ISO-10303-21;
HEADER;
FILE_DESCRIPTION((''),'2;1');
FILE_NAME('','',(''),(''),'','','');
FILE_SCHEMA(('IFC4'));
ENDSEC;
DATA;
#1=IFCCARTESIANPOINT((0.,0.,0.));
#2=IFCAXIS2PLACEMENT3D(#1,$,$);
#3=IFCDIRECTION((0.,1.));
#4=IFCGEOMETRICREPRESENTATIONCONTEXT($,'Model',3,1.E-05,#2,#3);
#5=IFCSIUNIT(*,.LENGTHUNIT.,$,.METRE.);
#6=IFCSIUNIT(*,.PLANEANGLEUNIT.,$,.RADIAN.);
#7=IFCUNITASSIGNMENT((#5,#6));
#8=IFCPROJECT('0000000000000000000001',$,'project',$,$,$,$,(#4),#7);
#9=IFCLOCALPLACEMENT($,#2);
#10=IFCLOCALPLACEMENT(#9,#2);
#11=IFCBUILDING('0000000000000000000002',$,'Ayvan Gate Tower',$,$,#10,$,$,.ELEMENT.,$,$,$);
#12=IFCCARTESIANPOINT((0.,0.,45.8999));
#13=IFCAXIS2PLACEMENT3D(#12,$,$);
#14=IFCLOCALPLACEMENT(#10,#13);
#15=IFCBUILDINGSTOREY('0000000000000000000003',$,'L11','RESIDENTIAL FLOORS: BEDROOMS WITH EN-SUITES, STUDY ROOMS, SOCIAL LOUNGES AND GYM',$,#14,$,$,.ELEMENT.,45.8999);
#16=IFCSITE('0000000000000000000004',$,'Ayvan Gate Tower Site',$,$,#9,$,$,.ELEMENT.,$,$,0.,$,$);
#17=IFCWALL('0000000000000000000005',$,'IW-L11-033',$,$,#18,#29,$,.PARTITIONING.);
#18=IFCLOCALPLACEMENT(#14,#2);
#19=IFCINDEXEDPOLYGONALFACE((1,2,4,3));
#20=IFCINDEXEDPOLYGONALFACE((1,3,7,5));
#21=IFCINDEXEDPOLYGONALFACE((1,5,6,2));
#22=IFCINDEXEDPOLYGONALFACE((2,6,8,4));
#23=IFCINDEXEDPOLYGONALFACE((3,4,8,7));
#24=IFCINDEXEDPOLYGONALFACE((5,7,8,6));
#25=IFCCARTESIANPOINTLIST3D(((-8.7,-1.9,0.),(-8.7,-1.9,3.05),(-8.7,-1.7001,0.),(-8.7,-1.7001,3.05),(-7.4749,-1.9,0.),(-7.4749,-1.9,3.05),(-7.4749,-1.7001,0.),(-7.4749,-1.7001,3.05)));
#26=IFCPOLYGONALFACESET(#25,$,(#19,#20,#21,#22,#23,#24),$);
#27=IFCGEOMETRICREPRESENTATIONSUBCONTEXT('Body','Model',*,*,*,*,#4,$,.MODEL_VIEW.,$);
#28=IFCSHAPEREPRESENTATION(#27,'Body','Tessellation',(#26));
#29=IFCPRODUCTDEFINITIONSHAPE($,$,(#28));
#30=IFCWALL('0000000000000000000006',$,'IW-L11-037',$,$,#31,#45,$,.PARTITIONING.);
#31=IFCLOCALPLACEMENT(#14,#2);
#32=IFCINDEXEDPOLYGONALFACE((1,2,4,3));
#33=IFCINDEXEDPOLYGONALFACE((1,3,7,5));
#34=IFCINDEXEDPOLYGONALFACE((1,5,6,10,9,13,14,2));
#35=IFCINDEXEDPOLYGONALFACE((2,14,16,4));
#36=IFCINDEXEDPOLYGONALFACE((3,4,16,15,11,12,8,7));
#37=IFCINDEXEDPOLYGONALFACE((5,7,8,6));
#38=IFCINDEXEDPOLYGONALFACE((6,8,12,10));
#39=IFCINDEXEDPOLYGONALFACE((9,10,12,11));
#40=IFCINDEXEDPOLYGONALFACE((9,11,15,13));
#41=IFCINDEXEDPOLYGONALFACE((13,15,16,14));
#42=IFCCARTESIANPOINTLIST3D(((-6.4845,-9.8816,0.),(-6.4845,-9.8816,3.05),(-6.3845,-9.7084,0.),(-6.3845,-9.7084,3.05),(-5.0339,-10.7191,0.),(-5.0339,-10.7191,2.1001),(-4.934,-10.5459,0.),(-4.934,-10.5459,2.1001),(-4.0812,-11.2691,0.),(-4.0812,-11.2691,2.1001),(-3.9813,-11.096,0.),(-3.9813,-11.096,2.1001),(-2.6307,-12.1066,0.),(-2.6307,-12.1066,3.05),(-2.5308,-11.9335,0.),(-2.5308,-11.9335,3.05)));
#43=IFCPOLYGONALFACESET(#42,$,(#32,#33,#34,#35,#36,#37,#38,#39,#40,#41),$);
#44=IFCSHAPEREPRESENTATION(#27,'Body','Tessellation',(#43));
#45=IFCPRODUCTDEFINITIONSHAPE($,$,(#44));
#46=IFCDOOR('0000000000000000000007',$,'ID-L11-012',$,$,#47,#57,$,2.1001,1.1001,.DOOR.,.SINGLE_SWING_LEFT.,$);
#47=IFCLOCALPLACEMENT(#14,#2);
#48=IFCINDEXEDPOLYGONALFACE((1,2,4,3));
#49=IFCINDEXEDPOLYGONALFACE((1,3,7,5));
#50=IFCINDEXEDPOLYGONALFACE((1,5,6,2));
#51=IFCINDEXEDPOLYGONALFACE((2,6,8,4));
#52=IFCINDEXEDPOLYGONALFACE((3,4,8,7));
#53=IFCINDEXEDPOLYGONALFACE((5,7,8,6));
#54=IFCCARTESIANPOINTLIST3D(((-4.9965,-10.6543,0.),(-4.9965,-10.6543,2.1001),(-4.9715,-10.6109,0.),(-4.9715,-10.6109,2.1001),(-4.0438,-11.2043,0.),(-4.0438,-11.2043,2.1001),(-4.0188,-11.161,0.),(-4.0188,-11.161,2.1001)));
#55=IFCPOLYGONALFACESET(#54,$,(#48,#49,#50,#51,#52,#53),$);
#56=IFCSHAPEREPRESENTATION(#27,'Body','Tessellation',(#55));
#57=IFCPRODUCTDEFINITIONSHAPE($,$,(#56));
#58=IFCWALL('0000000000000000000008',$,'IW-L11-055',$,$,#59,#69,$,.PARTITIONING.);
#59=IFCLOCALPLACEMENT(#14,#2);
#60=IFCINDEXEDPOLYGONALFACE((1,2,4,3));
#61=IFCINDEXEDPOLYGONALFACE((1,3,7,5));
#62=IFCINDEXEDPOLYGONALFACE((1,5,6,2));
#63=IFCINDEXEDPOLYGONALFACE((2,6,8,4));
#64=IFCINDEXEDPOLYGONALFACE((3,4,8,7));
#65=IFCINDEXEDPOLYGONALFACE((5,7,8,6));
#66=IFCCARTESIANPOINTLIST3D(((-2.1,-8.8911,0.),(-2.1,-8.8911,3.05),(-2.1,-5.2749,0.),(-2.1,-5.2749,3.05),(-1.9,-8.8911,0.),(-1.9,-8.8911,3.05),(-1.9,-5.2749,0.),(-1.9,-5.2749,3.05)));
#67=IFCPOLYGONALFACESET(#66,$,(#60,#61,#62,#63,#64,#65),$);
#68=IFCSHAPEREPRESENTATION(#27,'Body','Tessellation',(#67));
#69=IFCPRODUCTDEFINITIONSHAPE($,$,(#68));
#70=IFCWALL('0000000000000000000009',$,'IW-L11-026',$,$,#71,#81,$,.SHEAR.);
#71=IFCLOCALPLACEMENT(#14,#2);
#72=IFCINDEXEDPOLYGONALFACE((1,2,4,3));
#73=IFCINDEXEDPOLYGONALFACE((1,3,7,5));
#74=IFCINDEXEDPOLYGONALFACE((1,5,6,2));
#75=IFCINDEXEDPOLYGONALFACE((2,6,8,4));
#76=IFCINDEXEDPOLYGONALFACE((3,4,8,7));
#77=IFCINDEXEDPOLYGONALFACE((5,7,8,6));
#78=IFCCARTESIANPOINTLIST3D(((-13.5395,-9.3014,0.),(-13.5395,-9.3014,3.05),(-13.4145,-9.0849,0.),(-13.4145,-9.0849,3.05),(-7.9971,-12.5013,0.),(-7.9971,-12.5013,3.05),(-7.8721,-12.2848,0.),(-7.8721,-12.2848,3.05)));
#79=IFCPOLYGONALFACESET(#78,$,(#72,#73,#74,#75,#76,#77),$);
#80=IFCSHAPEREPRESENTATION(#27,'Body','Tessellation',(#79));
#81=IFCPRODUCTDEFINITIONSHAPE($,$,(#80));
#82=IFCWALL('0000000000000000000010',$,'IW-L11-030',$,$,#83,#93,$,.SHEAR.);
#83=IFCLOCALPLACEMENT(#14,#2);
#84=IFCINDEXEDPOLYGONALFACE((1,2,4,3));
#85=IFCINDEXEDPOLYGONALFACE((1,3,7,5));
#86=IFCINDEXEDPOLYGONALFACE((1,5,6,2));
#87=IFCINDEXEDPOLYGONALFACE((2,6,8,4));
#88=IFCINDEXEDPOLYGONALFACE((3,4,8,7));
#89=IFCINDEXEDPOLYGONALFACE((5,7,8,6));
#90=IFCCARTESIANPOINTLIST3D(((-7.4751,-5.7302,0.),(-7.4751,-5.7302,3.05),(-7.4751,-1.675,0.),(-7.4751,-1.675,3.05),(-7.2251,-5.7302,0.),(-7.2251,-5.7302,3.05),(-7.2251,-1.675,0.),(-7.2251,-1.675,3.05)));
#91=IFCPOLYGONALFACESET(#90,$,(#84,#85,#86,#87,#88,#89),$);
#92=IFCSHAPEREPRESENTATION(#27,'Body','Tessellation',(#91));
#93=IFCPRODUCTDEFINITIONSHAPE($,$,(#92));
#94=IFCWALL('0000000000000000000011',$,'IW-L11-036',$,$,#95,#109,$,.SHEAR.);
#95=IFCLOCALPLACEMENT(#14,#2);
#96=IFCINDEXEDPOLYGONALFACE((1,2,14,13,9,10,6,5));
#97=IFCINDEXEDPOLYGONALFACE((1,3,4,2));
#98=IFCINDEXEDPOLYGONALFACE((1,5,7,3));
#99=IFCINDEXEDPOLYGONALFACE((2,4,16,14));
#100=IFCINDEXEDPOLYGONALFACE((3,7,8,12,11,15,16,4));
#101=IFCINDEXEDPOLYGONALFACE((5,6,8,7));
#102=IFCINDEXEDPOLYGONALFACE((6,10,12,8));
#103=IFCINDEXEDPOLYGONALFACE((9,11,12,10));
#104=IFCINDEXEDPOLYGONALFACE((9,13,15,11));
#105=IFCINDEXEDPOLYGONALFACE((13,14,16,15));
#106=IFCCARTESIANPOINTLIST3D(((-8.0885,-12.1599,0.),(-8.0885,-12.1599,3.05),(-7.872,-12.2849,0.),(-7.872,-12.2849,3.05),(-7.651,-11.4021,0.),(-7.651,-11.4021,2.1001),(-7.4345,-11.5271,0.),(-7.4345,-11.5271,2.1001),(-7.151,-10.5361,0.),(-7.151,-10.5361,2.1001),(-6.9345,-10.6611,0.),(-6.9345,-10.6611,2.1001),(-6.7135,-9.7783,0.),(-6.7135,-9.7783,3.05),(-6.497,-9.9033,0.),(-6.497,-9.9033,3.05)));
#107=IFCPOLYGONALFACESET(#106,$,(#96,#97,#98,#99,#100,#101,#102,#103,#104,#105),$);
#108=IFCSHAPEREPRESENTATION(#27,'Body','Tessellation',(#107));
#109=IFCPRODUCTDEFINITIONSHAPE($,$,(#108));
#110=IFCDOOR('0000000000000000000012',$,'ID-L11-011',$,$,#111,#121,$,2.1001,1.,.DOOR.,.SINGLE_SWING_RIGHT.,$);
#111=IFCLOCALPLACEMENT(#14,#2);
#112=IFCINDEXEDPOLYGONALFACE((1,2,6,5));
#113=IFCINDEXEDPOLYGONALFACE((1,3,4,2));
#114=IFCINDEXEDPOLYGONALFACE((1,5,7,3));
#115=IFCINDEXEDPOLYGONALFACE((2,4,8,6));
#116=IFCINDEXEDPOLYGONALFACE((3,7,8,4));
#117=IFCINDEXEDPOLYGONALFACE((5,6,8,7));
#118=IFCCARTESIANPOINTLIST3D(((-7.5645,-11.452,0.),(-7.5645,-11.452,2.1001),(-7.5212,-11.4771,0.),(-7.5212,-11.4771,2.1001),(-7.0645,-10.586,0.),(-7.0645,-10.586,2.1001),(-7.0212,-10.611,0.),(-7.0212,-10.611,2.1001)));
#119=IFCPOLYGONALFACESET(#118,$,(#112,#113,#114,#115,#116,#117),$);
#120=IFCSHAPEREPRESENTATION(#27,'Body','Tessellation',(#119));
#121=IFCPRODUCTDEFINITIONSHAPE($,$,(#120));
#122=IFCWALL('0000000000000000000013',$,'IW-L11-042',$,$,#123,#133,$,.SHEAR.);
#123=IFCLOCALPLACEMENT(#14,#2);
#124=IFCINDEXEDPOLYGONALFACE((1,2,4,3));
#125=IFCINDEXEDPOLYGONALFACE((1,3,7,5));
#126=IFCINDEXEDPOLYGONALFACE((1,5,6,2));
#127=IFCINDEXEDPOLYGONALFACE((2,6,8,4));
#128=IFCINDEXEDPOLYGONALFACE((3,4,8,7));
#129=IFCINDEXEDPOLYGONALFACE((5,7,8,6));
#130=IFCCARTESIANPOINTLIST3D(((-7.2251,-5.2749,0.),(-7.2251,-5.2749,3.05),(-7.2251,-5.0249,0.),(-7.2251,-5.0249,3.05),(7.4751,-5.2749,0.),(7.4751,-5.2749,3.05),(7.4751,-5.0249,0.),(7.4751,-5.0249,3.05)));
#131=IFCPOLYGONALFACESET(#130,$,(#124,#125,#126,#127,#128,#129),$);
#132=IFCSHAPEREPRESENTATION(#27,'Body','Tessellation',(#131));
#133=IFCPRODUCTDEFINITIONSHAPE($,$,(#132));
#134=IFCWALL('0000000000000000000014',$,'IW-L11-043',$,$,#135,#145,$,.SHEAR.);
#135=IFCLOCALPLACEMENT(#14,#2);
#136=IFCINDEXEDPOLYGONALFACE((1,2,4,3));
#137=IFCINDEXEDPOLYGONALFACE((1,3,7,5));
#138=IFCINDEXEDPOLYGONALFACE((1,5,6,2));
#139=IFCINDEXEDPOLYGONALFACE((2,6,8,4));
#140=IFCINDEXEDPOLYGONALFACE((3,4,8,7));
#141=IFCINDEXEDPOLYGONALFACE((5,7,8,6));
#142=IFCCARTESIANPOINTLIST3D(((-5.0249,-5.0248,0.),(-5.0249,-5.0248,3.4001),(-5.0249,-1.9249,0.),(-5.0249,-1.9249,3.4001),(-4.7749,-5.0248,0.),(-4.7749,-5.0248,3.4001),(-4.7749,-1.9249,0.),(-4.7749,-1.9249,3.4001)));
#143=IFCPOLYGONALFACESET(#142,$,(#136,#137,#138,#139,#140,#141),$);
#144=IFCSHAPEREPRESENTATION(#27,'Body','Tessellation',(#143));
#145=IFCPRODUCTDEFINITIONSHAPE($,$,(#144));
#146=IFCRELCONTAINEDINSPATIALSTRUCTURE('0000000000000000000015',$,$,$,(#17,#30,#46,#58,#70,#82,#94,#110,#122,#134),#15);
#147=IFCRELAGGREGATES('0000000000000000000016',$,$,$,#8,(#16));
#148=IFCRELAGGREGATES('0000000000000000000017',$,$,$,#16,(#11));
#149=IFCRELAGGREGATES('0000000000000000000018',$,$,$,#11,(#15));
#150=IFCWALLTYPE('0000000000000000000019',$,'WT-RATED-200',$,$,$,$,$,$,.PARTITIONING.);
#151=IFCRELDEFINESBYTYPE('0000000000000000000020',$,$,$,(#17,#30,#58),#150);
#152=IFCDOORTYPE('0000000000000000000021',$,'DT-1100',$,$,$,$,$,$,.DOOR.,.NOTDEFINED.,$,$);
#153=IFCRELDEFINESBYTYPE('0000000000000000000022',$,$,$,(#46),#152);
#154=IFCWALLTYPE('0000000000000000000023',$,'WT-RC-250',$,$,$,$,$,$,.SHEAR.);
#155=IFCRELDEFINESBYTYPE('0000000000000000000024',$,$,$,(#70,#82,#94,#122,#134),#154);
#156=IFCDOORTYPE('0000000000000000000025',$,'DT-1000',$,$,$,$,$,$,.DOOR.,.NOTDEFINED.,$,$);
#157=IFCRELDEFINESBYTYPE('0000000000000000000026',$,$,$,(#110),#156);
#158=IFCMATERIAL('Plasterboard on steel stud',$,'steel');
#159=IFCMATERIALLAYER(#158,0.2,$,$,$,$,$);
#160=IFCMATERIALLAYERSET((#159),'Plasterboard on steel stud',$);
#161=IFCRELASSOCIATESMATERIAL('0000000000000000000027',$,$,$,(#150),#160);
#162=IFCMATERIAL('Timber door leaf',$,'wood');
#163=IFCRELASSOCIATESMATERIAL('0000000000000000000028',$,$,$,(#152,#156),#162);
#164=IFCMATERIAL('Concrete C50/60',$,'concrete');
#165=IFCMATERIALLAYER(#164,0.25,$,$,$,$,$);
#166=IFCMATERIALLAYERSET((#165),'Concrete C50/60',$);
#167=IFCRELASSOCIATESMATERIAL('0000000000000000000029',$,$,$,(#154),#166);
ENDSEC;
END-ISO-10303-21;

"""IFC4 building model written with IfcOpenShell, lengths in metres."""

from ifc_helpers import new_model, si_unit, direction, frame, frame_2d, origin, place, context, subcontext, project, spatial, rectangle, extrude, material, layer, layer_set, type_object, element, fill, save


model = new_model("IFC4")

# Units and contexts
model_context = context("Model", 3, precision=1e-05, world=origin(), true_north=direction((0.0, 1.0)))
body_context = subcontext(model_context, "Body", "Model", "MODEL_VIEW")
ifc_project = project(units=[si_unit("LENGTHUNIT", "METRE"), si_unit("PLANEANGLEUNIT", "RADIAN")], contexts=[model_context])

# Site, building, storey
site_placement = place(None, origin())
site = spatial("IfcSite", under=ifc_project, at=site_placement, Name="Ayvan Gate Tower Site", CompositionType="ELEMENT", RefElevation=0.0)
building_placement = place(site_placement, origin())
building = spatial("IfcBuilding", under=site, at=building_placement, Name="Ayvan Gate Tower", CompositionType="ELEMENT")
storey_placement = place(building_placement, frame((0.0, 0.0, 45.8999)))
storey = spatial("IfcBuildingStorey", under=building, at=storey_placement, Name="L11", Description="RESIDENTIAL FLOORS: BEDROOMS WITH EN-SUITES, STUDY ROOMS, SOCIAL LOUNGES AND GYM", CompositionType="ELEMENT", Elevation=45.8999)

# Wall
ifc_material_1 = material(Name="Plasterboard on steel stud", Category="steel")
ifc_layer_1 = layer(ifc_material_1, 0.2)
ifc_layer_set_1 = layer_set([ifc_layer_1], Name="Plasterboard on steel stud")
wall_type_1 = type_object("IfcWallType", Name="WT-RATED-200", PredefinedType="PARTITIONING", material=ifc_layer_set_1)
wall_1_placement = place(storey_placement, frame((-7.4749, -1.8, 0.0), z_axis=(0.0, 0.0, 1.0), x_axis=(-1.0, 0.0, 0.0)))
element("IfcWall", 1, at=wall_1_placement, inside=storey, type_object=wall_type_1, Name="IW-L11-033", PredefinedType="PARTITIONING", context=body_context, shape_type="SweptSolid", body=[
    extrude(rectangle(XDim=1.2251, YDim=0.2, at=frame_2d((0.6125, 0.0))), origin(), (0.0, 0.0, 1.0), 3.05),
])

# Wall, opening, door
wall_2_placement = place(storey_placement, frame((-6.4346, -9.7949, 0.0), z_axis=(0.0, 0.0, 1.0), x_axis=(0.866013, -0.500022, 0.0)))
wall_2 = element("IfcWall", 2, at=wall_2_placement, inside=storey, type_object=wall_type_1, Name="IW-L11-037", PredefinedType="PARTITIONING", context=body_context, shape_type="SweptSolid", body=[
    extrude(rectangle(XDim=4.45, YDim=0.2, at=frame_2d((2.2251, 0.0))), origin(), (0.0, 0.0, 1.0), 3.05),
])
opening_1_placement = place(wall_2_placement, frame((1.675, 0.0, 0.0)))
opening_1 = element("IfcOpeningElement", 3, at=opening_1_placement, cuts=wall_2, PredefinedType="OPENING", context=body_context, shape_type="SweptSolid", body=[
    extrude(rectangle(XDim=1.1001, YDim=2.1001, at=frame_2d((0.55, 1.05))), frame((0.0, 0.1099, 0.0), z_axis=(0.0, -1.0, 0.0), x_axis=(1.0, 0.0, 0.0)), (0.0, 0.0, 1.0), 0.22),
])
ifc_material_2 = material(Name="Timber door leaf", Category="wood")
door_type_1 = type_object("IfcDoorType", Name="DT-1100", OperationType="NOTDEFINED", PredefinedType="DOOR", material=ifc_material_2)
door_1_placement = place(opening_1_placement, origin())
door_1 = element("IfcDoor", 4, at=door_1_placement, inside=storey, type_object=door_type_1, Name="ID-L11-012", OperationType="SINGLE_SWING_LEFT", OverallHeight=2.1001, OverallWidth=1.1001, PredefinedType="DOOR", context=body_context, shape_type="SweptSolid", body=[
    extrude(rectangle(XDim=1.1001, YDim=2.1001, at=frame_2d((0.55, 1.05))), frame((0.0, 0.0249, 0.0), z_axis=(0.0, -1.0, 0.0), x_axis=(1.0, 0.0, 0.0)), (0.0, 0.0, 1.0), 0.05),
])
fill(opening_1, door_1)

# Walls
wall_3_placement = place(storey_placement, frame((-2.0, -5.2749, 0.0), z_axis=(0.0, 0.0, 1.0), x_axis=(0.0, -1.0, 0.0)))
element("IfcWall", 5, at=wall_3_placement, inside=storey, type_object=wall_type_1, Name="IW-L11-055", PredefinedType="PARTITIONING", context=body_context, shape_type="SweptSolid", body=[
    extrude(rectangle(XDim=3.6162, YDim=0.2, at=frame_2d((1.8081, 0.0))), origin(), (0.0, 0.0, 1.0), 3.05),
])
ifc_material_3 = material(Name="Concrete C50/60", Category="concrete")
ifc_layer_2 = layer(ifc_material_3, 0.25)
ifc_layer_set_2 = layer_set([ifc_layer_2], Name="Concrete C50/60")
wall_type_2 = type_object("IfcWallType", Name="WT-RC-250", PredefinedType="SHEAR", material=ifc_layer_set_2)
wall_4_placement = place(storey_placement, frame((-7.9346, -12.3931, 0.0), z_axis=(0.0, 0.0, 1.0), x_axis=(-0.866025, 0.5, 0.0)))
element("IfcWall", 6, at=wall_4_placement, inside=storey, type_object=wall_type_2, Name="IW-L11-026", PredefinedType="SHEAR", context=body_context, shape_type="SweptSolid", body=[
    extrude(rectangle(XDim=6.3999, YDim=0.25, at=frame_2d((3.2, 0.0))), origin(), (0.0, 0.0, 1.0), 3.05),
])
wall_5_placement = place(storey_placement, frame((-7.3501, -5.7302, 0.0), z_axis=(0.0, 0.0, 1.0), x_axis=(0.0, 1.0, 0.0)))
element("IfcWall", 7, at=wall_5_placement, inside=storey, type_object=wall_type_2, Name="IW-L11-030", PredefinedType="SHEAR", context=body_context, shape_type="SweptSolid", body=[
    extrude(rectangle(XDim=4.0552, YDim=0.25, at=frame_2d((2.0276, 0.0))), origin(), (0.0, 0.0, 1.0), 3.05),
])

# Wall, opening, door
wall_6_placement = place(storey_placement, frame((-6.6052, -9.8408, 0.0), z_axis=(0.0, 0.0, 1.0), x_axis=(-0.499997, -0.866027, 0.0)))
wall_6 = element("IfcWall", 8, at=wall_6_placement, inside=storey, type_object=wall_type_2, Name="IW-L11-036", PredefinedType="SHEAR", context=body_context, shape_type="SweptSolid", body=[
    extrude(rectangle(XDim=2.75, YDim=0.25, at=frame_2d((1.375, 0.0))), origin(), (0.0, 0.0, 1.0), 3.05),
])
opening_2_placement = place(wall_6_placement, frame((0.875, 0.0, 0.0)))
opening_2 = element("IfcOpeningElement", 9, at=opening_2_placement, cuts=wall_6, PredefinedType="OPENING", context=body_context, shape_type="SweptSolid", body=[
    extrude(rectangle(XDim=1.0, YDim=2.1001, at=frame_2d((0.5, 1.05))), frame((0.0, 0.135, 0.0), z_axis=(0.0, -1.0, 0.0), x_axis=(1.0, 0.0, 0.0)), (0.0, 0.0, 1.0), 0.27),
])
door_type_2 = type_object("IfcDoorType", Name="DT-1000", OperationType="NOTDEFINED", PredefinedType="DOOR", material=ifc_material_2)
door_2_placement = place(opening_2_placement, origin())
door_2 = element("IfcDoor", 10, at=door_2_placement, inside=storey, type_object=door_type_2, Name="ID-L11-011", OperationType="SINGLE_SWING_RIGHT", OverallHeight=2.1001, OverallWidth=1.0, PredefinedType="DOOR", context=body_context, shape_type="SweptSolid", body=[
    extrude(rectangle(XDim=1.0, YDim=2.1001, at=frame_2d((0.5, 1.05))), frame((0.0, 0.0249, 0.0), z_axis=(0.0, -1.0, 0.0), x_axis=(1.0, 0.0, 0.0)), (0.0, 0.0, 1.0), 0.05),
])
fill(opening_2, door_2)

# Walls
wall_7_placement = place(storey_placement, frame((-7.2251, -5.1499, 0.0), z_axis=(0.0, 0.0, 1.0), x_axis=(1.0, 0.0, 0.0)))
element("IfcWall", 11, at=wall_7_placement, inside=storey, type_object=wall_type_2, Name="IW-L11-042", PredefinedType="SHEAR", context=body_context, shape_type="SweptSolid", body=[
    extrude(rectangle(XDim=14.7002, YDim=0.25, at=frame_2d((7.3501, 0.0))), origin(), (0.0, 0.0, 1.0), 3.05),
])
wall_8_placement = place(storey_placement, frame((-4.8999, -1.925, 0.0), z_axis=(0.0, 0.0, 1.0), x_axis=(0.0, -1.0, 0.0)))
element("IfcWall", 12, at=wall_8_placement, inside=storey, type_object=wall_type_2, Name="IW-L11-043", PredefinedType="SHEAR", context=body_context, shape_type="SweptSolid", body=[
    extrude(rectangle(XDim=3.0999, YDim=0.25, at=frame_2d((1.5498, 0.0))), origin(), (0.0, 0.0, 1.0), 3.4001),
])

save(model, "model.ifc")
